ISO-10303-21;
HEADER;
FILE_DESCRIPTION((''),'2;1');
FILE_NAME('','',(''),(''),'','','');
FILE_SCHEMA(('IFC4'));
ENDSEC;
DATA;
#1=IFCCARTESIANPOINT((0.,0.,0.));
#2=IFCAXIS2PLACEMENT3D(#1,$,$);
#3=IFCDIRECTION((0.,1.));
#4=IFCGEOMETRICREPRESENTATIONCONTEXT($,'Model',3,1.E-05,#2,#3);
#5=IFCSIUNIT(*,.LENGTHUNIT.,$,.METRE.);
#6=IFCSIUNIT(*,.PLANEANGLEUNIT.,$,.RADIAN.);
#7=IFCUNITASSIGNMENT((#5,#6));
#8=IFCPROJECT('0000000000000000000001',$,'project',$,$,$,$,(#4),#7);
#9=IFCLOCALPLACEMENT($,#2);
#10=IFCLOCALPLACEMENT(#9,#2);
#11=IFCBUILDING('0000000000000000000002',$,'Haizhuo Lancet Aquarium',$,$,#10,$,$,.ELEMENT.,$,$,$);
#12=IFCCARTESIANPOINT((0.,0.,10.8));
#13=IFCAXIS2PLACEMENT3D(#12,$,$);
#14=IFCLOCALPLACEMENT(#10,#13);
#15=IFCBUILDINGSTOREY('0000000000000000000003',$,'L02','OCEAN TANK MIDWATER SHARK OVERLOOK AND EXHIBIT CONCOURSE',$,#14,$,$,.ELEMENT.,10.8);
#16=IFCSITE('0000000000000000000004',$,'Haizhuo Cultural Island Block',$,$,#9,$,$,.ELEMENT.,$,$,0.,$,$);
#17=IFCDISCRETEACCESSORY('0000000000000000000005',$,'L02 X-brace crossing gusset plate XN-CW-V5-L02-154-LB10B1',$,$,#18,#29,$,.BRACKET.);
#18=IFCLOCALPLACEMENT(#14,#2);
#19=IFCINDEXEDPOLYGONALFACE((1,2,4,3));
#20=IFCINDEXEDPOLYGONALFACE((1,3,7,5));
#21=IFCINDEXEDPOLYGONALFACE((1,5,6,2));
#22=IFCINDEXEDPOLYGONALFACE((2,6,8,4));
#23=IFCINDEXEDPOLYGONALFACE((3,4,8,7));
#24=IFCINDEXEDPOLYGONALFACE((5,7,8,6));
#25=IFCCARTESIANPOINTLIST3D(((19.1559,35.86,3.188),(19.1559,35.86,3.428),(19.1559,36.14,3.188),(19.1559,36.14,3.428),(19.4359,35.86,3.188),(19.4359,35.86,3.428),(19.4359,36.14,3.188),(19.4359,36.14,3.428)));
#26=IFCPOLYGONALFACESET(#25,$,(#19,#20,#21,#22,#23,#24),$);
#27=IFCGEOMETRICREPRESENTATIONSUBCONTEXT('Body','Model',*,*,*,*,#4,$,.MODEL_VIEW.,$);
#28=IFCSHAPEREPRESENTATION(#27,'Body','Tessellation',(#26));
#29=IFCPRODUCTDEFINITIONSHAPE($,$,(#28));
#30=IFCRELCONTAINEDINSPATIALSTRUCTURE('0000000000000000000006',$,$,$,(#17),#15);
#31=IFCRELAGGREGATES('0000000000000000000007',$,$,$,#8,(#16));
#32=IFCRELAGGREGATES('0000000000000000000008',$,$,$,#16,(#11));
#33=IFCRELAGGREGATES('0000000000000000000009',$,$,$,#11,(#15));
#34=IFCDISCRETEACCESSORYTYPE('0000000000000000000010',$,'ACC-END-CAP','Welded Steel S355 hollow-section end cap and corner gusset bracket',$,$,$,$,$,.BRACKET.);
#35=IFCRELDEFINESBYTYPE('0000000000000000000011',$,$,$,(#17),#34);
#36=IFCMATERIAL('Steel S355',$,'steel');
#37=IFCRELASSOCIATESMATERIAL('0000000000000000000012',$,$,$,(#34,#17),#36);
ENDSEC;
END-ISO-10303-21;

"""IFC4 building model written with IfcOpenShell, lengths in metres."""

from ifc_helpers import new_model, si_unit, direction, frame, origin, origin_2d, place, context, subcontext, project, spatial, rectangle, extrude, material, type_object, element, save


model = new_model("IFC4")

# Units and contexts
model_context = context("Model", 3, precision=1e-05, world=origin(), true_north=direction((0.0, 1.0)))
body_context = subcontext(model_context, "Body", "Model", "MODEL_VIEW")
ifc_project = project(units=[si_unit("LENGTHUNIT", "METRE"), si_unit("PLANEANGLEUNIT", "RADIAN")], contexts=[model_context])

# Site, building, storey
site_placement = place(None, origin())
site = spatial("IfcSite", under=ifc_project, at=site_placement, Name="Haizhuo Cultural Island Block", CompositionType="ELEMENT", RefElevation=0.0)
building_placement = place(site_placement, origin())
building = spatial("IfcBuilding", under=site, at=building_placement, Name="Haizhuo Lancet Aquarium", CompositionType="ELEMENT")
storey_placement = place(building_placement, frame((0.0, 0.0, 10.8)))
storey = spatial("IfcBuildingStorey", under=building, at=storey_placement, Name="L02", Description="OCEAN TANK MIDWATER SHARK OVERLOOK AND EXHIBIT CONCOURSE", CompositionType="ELEMENT", Elevation=10.8)

# Shared definitions
ifc_material_1 = material(Name="Steel S355", Category="steel")

# Discrete accessory
discrete_accessory_type = type_object("IfcDiscreteAccessoryType", Name="ACC-END-CAP", Description="Welded Steel S355 hollow-section end cap and corner gusset bracket", PredefinedType="BRACKET", material=ifc_material_1)
for number, where, z_axis, x_axis, name in (
    (1, (19.2959, 36.0, 3.188), (0.0, 0.0, 1.0), (1.0, 0.0, 0.0), "L02 X-brace crossing gusset plate XN-CW-V5-L02-154-LB10B1"),
):
    element("IfcDiscreteAccessory", number, at=place(storey_placement, frame(where, z_axis=z_axis, x_axis=x_axis)), inside=storey, type_object=discrete_accessory_type, material=ifc_material_1, Name=name, PredefinedType="BRACKET", context=body_context, shape_type="SweptSolid", body=[
        extrude(rectangle(XDim=0.28, YDim=0.28, at=origin_2d()), origin(), (0.0, 0.0, 1.0), 0.24),
    ])

save(model, "model.ifc")
